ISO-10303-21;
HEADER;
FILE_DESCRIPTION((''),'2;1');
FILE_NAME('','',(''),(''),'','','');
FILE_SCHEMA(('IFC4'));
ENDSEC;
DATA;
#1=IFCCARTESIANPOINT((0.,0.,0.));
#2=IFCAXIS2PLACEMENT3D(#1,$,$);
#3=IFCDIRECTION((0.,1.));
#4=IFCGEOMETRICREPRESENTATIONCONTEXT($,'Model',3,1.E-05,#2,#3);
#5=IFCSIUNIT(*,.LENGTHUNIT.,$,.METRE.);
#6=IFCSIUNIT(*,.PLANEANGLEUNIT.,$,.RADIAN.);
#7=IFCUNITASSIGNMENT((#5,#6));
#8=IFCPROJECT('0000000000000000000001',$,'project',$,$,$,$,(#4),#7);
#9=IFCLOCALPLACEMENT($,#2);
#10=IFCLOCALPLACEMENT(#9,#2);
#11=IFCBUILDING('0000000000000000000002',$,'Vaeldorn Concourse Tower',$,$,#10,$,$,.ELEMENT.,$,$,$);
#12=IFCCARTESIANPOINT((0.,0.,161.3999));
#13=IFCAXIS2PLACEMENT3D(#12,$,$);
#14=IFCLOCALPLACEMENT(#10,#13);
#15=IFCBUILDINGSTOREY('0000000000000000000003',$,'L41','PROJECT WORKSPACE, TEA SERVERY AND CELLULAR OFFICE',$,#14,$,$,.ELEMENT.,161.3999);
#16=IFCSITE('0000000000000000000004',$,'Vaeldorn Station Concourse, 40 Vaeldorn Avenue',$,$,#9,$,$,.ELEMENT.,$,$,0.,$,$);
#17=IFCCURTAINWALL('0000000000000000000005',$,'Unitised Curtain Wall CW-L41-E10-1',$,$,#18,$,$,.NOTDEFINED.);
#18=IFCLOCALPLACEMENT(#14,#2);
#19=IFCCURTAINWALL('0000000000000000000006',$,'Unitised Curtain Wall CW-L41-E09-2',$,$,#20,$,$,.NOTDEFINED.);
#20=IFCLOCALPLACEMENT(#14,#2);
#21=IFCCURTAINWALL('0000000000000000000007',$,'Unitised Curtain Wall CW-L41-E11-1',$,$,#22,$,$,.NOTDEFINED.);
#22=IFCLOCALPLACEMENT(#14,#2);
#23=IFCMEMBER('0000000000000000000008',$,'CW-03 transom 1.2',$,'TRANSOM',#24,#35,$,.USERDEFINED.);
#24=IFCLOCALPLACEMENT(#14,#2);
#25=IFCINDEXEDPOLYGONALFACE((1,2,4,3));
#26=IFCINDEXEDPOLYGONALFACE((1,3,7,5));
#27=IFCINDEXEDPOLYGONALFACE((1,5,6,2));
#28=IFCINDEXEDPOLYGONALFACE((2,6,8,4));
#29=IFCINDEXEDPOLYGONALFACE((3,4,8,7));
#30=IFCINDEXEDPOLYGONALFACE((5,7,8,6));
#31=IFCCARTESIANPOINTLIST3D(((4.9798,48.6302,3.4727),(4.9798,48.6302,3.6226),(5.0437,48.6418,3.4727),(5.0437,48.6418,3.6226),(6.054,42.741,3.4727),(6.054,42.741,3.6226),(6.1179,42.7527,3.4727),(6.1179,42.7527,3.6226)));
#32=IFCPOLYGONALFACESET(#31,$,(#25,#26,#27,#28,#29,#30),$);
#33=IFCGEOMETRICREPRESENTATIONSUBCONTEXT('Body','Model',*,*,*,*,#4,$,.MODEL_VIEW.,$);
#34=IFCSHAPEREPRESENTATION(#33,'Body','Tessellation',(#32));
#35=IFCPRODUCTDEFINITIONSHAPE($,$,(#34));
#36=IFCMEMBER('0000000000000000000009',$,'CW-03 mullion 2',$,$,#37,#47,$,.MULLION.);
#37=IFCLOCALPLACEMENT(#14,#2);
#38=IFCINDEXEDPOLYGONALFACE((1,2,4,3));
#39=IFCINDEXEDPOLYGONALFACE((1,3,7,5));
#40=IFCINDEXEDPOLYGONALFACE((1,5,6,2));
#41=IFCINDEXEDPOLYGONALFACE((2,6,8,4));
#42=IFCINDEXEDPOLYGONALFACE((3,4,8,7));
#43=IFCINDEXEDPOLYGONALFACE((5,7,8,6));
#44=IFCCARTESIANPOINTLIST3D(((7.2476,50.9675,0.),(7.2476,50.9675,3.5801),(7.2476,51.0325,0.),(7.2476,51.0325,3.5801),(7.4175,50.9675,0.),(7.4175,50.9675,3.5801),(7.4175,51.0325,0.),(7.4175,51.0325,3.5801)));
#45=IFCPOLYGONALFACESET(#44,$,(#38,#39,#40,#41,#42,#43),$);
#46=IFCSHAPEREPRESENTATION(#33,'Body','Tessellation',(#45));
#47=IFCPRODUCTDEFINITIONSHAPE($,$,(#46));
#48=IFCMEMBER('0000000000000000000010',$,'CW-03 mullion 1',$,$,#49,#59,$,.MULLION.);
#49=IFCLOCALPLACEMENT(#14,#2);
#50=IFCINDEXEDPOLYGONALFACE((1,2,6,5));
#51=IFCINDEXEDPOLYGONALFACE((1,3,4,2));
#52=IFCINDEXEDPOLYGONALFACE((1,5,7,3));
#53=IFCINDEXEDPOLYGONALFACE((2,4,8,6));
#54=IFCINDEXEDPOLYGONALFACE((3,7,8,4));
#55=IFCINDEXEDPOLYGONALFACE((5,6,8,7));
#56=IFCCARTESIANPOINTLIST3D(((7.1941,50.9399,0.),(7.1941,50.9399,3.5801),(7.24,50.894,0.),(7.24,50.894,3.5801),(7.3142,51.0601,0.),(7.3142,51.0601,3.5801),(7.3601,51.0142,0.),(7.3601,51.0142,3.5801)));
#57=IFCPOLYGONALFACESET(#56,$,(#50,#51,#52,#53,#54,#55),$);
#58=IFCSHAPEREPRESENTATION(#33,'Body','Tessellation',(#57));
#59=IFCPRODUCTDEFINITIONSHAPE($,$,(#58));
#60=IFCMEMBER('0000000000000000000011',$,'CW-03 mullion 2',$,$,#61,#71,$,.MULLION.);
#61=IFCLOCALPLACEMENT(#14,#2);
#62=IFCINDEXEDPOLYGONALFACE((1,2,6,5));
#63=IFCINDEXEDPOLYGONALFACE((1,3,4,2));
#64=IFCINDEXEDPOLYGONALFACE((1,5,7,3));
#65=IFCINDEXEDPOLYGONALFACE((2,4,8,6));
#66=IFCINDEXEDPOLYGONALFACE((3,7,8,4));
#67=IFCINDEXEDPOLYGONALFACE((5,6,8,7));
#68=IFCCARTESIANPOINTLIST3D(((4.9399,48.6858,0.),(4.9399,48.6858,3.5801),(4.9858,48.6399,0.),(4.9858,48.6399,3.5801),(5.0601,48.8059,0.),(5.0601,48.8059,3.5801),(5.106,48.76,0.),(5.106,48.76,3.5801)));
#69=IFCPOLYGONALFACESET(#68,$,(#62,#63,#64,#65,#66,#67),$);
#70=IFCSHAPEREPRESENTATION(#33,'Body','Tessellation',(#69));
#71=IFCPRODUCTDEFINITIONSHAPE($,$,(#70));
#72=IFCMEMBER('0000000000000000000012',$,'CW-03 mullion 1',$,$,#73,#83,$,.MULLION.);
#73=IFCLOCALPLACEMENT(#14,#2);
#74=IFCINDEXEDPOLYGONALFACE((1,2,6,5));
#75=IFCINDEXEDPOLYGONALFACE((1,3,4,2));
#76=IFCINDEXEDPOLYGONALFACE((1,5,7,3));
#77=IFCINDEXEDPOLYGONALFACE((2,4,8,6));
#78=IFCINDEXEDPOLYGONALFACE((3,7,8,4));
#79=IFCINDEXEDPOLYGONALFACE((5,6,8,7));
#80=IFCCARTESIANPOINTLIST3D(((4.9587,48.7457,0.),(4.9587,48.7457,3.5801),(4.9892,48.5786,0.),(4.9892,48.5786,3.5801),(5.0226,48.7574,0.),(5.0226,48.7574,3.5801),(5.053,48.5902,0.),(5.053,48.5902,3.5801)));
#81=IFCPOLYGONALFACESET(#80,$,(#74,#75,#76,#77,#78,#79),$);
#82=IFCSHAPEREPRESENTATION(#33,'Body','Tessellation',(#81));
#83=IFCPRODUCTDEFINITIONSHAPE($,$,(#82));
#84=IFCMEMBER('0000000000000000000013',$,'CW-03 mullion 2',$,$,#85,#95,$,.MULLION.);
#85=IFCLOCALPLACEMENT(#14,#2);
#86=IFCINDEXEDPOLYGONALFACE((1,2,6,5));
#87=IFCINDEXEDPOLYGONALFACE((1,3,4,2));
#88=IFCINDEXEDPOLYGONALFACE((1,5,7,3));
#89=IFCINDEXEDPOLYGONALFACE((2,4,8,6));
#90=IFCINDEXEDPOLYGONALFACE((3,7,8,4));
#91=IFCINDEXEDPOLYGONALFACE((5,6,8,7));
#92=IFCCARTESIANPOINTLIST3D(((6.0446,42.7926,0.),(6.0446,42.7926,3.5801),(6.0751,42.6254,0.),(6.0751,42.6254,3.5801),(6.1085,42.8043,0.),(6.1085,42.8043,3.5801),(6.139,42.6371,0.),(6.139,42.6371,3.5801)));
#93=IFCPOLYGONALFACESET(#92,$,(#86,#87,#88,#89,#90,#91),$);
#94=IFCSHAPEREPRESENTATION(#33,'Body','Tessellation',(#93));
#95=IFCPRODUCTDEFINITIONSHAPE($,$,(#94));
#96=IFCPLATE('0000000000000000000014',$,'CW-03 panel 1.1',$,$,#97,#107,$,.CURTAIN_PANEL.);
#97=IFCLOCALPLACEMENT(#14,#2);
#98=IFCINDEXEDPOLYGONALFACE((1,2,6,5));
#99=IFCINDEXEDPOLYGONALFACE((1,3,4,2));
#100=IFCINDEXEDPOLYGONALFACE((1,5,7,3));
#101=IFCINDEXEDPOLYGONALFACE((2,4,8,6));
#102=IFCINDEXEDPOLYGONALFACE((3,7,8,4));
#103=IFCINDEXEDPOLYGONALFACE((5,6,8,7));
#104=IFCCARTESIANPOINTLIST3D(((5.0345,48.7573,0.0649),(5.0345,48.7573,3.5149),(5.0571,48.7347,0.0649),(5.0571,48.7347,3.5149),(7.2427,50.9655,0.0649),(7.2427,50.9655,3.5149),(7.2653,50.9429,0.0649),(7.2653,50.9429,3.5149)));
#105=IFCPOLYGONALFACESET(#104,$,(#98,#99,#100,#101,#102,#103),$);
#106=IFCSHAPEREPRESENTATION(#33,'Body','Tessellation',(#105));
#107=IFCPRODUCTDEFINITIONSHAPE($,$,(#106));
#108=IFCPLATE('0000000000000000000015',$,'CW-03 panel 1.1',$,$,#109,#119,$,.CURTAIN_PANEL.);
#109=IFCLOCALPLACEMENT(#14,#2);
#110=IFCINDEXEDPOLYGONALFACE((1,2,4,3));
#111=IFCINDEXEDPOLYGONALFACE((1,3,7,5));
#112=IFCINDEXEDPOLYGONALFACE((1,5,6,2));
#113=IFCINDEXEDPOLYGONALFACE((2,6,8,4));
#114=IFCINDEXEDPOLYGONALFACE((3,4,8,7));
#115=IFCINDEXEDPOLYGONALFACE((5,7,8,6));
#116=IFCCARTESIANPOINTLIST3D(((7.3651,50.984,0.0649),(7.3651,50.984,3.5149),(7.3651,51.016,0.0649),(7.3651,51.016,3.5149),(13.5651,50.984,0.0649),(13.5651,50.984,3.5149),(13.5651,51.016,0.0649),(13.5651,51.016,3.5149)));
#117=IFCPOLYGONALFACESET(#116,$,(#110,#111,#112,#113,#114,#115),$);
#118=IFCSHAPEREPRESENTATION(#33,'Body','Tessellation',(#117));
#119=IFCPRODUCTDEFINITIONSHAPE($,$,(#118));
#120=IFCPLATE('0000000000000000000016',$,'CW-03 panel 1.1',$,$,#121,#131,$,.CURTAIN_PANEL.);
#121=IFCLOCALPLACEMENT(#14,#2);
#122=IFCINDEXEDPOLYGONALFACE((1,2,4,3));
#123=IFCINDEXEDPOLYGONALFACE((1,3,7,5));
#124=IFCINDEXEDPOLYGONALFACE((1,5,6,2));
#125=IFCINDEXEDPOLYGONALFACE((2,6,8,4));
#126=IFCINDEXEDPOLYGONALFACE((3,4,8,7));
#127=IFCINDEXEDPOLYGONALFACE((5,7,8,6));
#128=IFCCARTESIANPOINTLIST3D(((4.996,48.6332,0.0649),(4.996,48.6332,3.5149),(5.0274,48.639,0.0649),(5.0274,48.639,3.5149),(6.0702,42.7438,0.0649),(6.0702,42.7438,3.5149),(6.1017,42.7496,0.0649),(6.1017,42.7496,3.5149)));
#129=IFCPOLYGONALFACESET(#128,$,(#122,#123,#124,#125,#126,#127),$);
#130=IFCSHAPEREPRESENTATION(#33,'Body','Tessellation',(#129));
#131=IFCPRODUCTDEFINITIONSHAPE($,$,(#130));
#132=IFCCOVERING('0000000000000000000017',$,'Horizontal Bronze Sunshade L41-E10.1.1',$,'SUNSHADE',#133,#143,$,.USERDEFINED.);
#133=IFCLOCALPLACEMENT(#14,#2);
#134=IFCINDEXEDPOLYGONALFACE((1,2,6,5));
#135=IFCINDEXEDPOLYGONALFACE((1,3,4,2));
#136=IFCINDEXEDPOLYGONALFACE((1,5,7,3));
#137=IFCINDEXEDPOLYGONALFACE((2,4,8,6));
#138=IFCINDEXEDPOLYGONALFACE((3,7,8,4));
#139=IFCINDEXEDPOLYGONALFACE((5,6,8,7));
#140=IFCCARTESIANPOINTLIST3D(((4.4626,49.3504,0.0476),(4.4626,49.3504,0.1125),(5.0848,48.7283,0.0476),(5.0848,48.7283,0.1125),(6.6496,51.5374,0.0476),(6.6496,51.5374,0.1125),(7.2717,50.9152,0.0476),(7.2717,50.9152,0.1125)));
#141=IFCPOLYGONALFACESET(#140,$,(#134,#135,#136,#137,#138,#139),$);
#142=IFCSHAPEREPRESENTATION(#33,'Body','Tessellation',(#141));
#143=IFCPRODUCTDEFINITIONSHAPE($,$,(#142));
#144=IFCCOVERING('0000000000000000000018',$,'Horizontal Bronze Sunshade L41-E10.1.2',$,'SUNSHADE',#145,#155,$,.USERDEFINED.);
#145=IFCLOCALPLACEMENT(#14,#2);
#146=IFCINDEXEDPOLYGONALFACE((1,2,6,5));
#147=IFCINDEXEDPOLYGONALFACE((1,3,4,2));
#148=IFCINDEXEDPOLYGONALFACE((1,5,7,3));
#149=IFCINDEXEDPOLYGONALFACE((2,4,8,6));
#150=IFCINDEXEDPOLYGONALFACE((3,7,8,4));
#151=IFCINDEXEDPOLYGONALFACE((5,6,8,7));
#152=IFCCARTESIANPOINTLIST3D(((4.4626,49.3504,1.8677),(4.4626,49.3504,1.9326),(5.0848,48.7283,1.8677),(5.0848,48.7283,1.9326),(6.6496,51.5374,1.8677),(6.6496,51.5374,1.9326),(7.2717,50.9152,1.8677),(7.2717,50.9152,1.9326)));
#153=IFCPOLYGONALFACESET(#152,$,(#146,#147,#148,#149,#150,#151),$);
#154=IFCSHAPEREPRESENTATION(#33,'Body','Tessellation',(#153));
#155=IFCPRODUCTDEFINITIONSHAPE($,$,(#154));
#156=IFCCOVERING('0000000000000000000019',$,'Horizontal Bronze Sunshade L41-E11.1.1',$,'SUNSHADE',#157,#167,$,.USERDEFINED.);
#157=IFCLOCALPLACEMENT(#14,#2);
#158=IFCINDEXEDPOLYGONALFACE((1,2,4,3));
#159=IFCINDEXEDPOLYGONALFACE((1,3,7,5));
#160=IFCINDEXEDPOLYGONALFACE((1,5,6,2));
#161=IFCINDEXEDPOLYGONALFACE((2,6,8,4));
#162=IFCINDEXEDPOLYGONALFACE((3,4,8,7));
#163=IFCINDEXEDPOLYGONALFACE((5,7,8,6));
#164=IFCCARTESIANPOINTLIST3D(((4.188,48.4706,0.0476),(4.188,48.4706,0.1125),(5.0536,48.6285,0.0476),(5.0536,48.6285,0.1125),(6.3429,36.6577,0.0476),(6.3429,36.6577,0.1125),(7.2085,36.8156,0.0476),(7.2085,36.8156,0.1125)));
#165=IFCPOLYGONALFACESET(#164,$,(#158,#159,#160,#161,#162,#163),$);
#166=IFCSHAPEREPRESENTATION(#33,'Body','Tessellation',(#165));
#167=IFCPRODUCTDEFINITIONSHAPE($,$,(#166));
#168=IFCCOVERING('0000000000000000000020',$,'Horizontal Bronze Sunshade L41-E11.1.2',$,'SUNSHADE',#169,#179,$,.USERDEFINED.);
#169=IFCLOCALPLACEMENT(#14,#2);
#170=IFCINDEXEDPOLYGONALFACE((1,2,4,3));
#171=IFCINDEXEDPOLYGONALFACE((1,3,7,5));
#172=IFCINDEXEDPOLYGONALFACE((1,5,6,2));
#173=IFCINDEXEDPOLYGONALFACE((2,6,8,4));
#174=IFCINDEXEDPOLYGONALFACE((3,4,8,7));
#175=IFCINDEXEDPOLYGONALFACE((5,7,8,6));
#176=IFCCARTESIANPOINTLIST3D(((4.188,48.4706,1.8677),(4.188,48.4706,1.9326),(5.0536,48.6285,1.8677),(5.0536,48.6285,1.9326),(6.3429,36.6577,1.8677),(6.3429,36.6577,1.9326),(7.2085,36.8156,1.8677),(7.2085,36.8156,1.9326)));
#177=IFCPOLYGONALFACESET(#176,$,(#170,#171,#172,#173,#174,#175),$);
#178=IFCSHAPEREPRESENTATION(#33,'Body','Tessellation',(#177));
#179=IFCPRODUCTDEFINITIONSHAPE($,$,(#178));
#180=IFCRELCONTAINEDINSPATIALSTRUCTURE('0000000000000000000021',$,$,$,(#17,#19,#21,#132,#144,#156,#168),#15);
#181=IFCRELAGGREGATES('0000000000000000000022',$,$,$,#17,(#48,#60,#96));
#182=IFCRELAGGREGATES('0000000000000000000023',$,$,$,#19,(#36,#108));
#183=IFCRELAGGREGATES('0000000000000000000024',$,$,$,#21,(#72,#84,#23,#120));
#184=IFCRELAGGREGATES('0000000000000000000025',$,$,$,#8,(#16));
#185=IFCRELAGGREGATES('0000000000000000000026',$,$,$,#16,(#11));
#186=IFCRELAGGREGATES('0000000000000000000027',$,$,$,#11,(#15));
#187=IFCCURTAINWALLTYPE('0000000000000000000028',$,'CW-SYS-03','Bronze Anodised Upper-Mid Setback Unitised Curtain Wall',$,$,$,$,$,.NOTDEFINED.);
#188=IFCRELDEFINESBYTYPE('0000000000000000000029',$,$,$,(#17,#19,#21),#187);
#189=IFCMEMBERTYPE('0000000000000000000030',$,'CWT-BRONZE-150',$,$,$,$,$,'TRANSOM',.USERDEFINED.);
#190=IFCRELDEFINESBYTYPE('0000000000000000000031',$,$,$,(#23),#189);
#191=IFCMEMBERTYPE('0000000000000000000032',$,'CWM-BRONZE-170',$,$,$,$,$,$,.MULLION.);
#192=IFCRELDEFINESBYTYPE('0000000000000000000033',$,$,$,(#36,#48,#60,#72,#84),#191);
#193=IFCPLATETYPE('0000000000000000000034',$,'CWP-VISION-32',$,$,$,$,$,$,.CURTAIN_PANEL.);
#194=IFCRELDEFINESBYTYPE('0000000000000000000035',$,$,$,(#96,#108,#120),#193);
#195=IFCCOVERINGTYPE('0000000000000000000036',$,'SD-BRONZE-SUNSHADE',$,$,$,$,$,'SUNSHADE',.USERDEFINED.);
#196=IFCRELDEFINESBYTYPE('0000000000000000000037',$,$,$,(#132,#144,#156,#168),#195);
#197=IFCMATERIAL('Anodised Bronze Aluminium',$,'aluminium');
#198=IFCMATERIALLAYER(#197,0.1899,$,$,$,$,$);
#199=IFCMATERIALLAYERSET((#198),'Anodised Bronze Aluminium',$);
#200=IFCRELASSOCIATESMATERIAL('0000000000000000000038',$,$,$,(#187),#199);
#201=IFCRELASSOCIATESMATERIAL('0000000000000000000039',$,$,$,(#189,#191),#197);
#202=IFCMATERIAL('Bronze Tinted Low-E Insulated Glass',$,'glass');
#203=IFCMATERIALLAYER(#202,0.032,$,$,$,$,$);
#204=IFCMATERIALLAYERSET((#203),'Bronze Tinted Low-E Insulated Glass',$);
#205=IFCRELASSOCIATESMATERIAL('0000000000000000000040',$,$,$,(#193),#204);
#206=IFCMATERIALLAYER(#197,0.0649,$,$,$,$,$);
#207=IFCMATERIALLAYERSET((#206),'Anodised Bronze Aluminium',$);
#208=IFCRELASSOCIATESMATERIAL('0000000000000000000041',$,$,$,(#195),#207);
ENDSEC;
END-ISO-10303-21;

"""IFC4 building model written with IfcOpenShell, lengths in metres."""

from ifc_helpers import new_model, si_unit, direction, frame, origin, origin_2d, place, context, subcontext, project, spatial, rectangle, extrude, source, transform, mapped, material, layer, layer_set, material_profile, profile_set, type_object, element, aggregate, save


model = new_model("IFC4")

# Units and contexts
model_context = context("Model", 3, precision=1e-05, world=origin(), true_north=direction((0.0, 1.0)))
body_context = subcontext(model_context, "Body", "Model", "MODEL_VIEW")
ifc_project = project(units=[si_unit("LENGTHUNIT", "METRE"), si_unit("PLANEANGLEUNIT", "RADIAN")], contexts=[model_context])

# Site, building, storey
site_placement = place(None, origin())
site = spatial("IfcSite", under=ifc_project, at=site_placement, Name="Vaeldorn Station Concourse, 40 Vaeldorn Avenue", CompositionType="ELEMENT", RefElevation=0.0)
building_placement = place(site_placement, origin())
building = spatial("IfcBuilding", under=site, at=building_placement, Name="Vaeldorn Concourse Tower", CompositionType="ELEMENT")
storey_placement = place(building_placement, frame((0.0, 0.0, 161.3999)))
storey = spatial("IfcBuildingStorey", under=building, at=storey_placement, Name="L41", Description="PROJECT WORKSPACE, TEA SERVERY AND CELLULAR OFFICE", CompositionType="ELEMENT", Elevation=161.3999)

# Curtain wall
ifc_material_1 = material(Name="Anodised Bronze Aluminium", Category="aluminium")
ifc_layer_1 = layer(ifc_material_1, 0.1899)
ifc_layer_set_1 = layer_set([ifc_layer_1], Name="Anodised Bronze Aluminium")
curtain_wall_type = type_object("IfcCurtainWallType", Name="CW-SYS-03", Description="Bronze Anodised Upper-Mid Setback Unitised Curtain Wall", PredefinedType="NOTDEFINED", material=ifc_layer_set_1)
curtain_wall_1_placement = place(storey_placement, origin())
curtain_wall_1 = element("IfcCurtainWall", 1, at=curtain_wall_1_placement, inside=storey, type_object=curtain_wall_type, Name="Unitised Curtain Wall CW-L41-E10-1", PredefinedType="NOTDEFINED")
ifc_material_profile_1 = material_profile(ifc_material_1, rectangle(XDim=0.0649, YDim=0.1499, at=origin_2d()), Name="CWT 65x150")
ifc_profile_set_1 = profile_set([ifc_material_profile_1], Name="Anodised Bronze Aluminium")
member_type_1 = type_object("IfcMemberType", Name="CWT-BRONZE-150", ElementType="TRANSOM", PredefinedType="USERDEFINED", material=ifc_profile_set_1)

# Curtain wall
curtain_wall_2_placement = place(storey_placement, origin())
curtain_wall_2 = element("IfcCurtainWall", 2, at=curtain_wall_2_placement, inside=storey, type_object=curtain_wall_type, Name="Unitised Curtain Wall CW-L41-E09-2", PredefinedType="NOTDEFINED")

# Curtain wall, member
curtain_wall_3_placement = place(storey_placement, origin())
curtain_wall_3 = element("IfcCurtainWall", 3, at=curtain_wall_3_placement, inside=storey, type_object=curtain_wall_type, Name="Unitised Curtain Wall CW-L41-E11-1", PredefinedType="NOTDEFINED")
shared_shape_1 = source(origin(), body_context, "Body", "SweptSolid", [
    extrude(rectangle(XDim=0.0649, YDim=0.1499, at=origin_2d()), origin(), (0.0, 0.0, 1.0), 5.9863),
])
member_1_placement = place(storey_placement, frame((5.0117, 48.636, 3.5476), z_axis=(0.179445, -0.983768, 0.0), x_axis=(0.983768, 0.179445, 0.0)))
member_1 = element("IfcMember", 4, at=member_1_placement, type_object=member_type_1, Name="CW-03 transom 1.2", ObjectType="TRANSOM", PredefinedType="USERDEFINED", context=body_context, shape_type="MappedRepresentation", body=[
    mapped(shared_shape_1, transform((0.0, 0.0, 0.0), scale=1.0)),
])

# Members
ifc_material_profile_2 = material_profile(ifc_material_1, rectangle(XDim=0.0649, YDim=0.1699, at=origin_2d()), Name="CWM 65x170")
ifc_profile_set_2 = profile_set([ifc_material_profile_2], Name="Anodised Bronze Aluminium")
member_type_2 = type_object("IfcMemberType", Name="CWM-BRONZE-170", PredefinedType="MULLION", material=ifc_profile_set_2)
shared_shape_2 = source(origin(), body_context, "Body", "SweptSolid", [
    extrude(rectangle(XDim=0.0649, YDim=0.1699, at=origin_2d()), origin(), (0.0, 0.0, 1.0), 3.5801),
])
member_2_placement = place(storey_placement, frame((7.3325, 51.0, 0.0), z_axis=(0.0, 0.0, 1.0), x_axis=(0.0, -1.0, 0.0)))
member_2 = element("IfcMember", 5, at=member_2_placement, type_object=member_type_2, Name="CW-03 mullion 2", PredefinedType="MULLION", context=body_context, shape_type="MappedRepresentation", body=[
    mapped(shared_shape_2, transform((0.0, 0.0, 0.0), scale=1.0)),
])
member_3_placement = place(storey_placement, frame((7.2771, 50.9771, 0.0), z_axis=(0.0, 0.0, 1.0), x_axis=(0.707107, -0.707107, 0.0)))
member_3 = element("IfcMember", 6, at=member_3_placement, type_object=member_type_2, Name="CW-03 mullion 1", PredefinedType="MULLION", context=body_context, shape_type="MappedRepresentation", body=[
    mapped(shared_shape_2, transform((0.0, 0.0, 0.0), scale=1.0)),
])
member_4_placement = place(storey_placement, frame((5.0229, 48.7229, 0.0), z_axis=(0.0, 0.0, 1.0), x_axis=(0.707107, -0.707107, 0.0)))
member_4 = element("IfcMember", 7, at=member_4_placement, type_object=member_type_2, Name="CW-03 mullion 2", PredefinedType="MULLION", context=body_context, shape_type="MappedRepresentation", body=[
    mapped(shared_shape_2, transform((0.0, 0.0, 0.0), scale=1.0)),
])
member_5_placement = place(storey_placement, frame((5.0059, 48.668, 0.0), z_axis=(0.0, 0.0, 1.0), x_axis=(0.983768, 0.179447, 0.0)))
member_5 = element("IfcMember", 8, at=member_5_placement, type_object=member_type_2, Name="CW-03 mullion 1", PredefinedType="MULLION", context=body_context, shape_type="MappedRepresentation", body=[
    mapped(shared_shape_2, transform((0.0, 0.0, 0.0), scale=1.0)),
])
member_6_placement = place(storey_placement, frame((6.0918, 42.7148, 0.0), z_axis=(0.0, 0.0, 1.0), x_axis=(0.983768, 0.179447, 0.0)))
member_6 = element("IfcMember", 9, at=member_6_placement, type_object=member_type_2, Name="CW-03 mullion 2", PredefinedType="MULLION", context=body_context, shape_type="MappedRepresentation", body=[
    mapped(shared_shape_2, transform((0.0, 0.0, 0.0), scale=1.0)),
])

# Plates
ifc_material_2 = material(Name="Bronze Tinted Low-E Insulated Glass", Category="glass")
ifc_layer_2 = layer(ifc_material_2, 0.032)
ifc_layer_set_2 = layer_set([ifc_layer_2], Name="Bronze Tinted Low-E Insulated Glass")
plate_type = type_object("IfcPlateType", Name="CWP-VISION-32", PredefinedType="CURTAIN_PANEL", material=ifc_layer_set_2)
shared_shape_3 = source(origin(), body_context, "Body", "SweptSolid", [
    extrude(rectangle(XDim=3.1228, YDim=0.032, at=origin_2d()), origin(), (0.0, 0.0, 1.0), 3.45),
])
plate_1_placement = place(storey_placement, frame((6.1499, 49.8501, 0.0649), z_axis=(0.0, 0.0, 1.0), x_axis=(-0.707107, -0.707107, 0.0)))
plate_1 = element("IfcPlate", 10, at=plate_1_placement, type_object=plate_type, Name="CW-03 panel 1.1", PredefinedType="CURTAIN_PANEL", context=body_context, shape_type="MappedRepresentation", body=[
    mapped(shared_shape_3, transform((0.0, 0.0, 0.0), scale=1.0)),
])
aggregate(curtain_wall_1, [member_3, member_4, plate_1])
shared_shape_4 = source(origin(), body_context, "Body", "SweptSolid", [
    extrude(rectangle(XDim=6.2, YDim=0.032, at=origin_2d()), origin(), (0.0, 0.0, 1.0), 3.45),
])
plate_2_placement = place(storey_placement, frame((10.4651, 51.0, 0.0649), z_axis=(0.0, 0.0, 1.0), x_axis=(-1.0, 0.0, 0.0)))
plate_2 = element("IfcPlate", 11, at=plate_2_placement, type_object=plate_type, Name="CW-03 panel 1.1", PredefinedType="CURTAIN_PANEL", context=body_context, shape_type="MappedRepresentation", body=[
    mapped(shared_shape_4, transform((0.0, 0.0, 0.0), scale=1.0)),
])
aggregate(curtain_wall_2, [member_2, plate_2])
shared_shape_5 = source(origin(), body_context, "Body", "SweptSolid", [
    extrude(rectangle(XDim=5.9866, YDim=0.032, at=origin_2d()), origin(), (0.0, 0.0, 1.0), 3.45),
])
plate_3_placement = place(storey_placement, frame((5.5488, 45.6914, 0.0649), z_axis=(0.0, 0.0, 1.0), x_axis=(0.179447, -0.983768, 0.0)))
plate_3 = element("IfcPlate", 12, at=plate_3_placement, type_object=plate_type, Name="CW-03 panel 1.1", PredefinedType="CURTAIN_PANEL", context=body_context, shape_type="MappedRepresentation", body=[
    mapped(shared_shape_5, transform((0.0, 0.0, 0.0), scale=1.0)),
])
aggregate(curtain_wall_3, [member_5, member_6, member_1, plate_3])

# Coverings
ifc_layer_3 = layer(ifc_material_1, 0.0649)
ifc_layer_set_3 = layer_set([ifc_layer_3], Name="Anodised Bronze Aluminium")
covering_type = type_object("IfcCoveringType", Name="SD-BRONZE-SUNSHADE", ElementType="SUNSHADE", PredefinedType="USERDEFINED", material=ifc_layer_set_3)
shared_shape_6 = source(origin(), body_context, "Body", "SweptSolid", [
    extrude(rectangle(XDim=3.0928, YDim=0.8799, at=origin_2d()), origin(), (0.0, 0.0, 1.0), 0.0649),
])
for number, where, z_axis, x_axis, name in (
    (13, (5.8672, 50.1328, 0.0476), (0.0, 0.0, 1.0), (-0.707107, -0.707107, 0.0), "Horizontal Bronze Sunshade L41-E10.1.1"),
    (14, (5.8672, 50.1328, 1.8677), (0.0, 0.0, 1.0), (-0.707107, -0.707107, 0.0), "Horizontal Bronze Sunshade L41-E10.1.2"),
):
    element("IfcCovering", number, at=place(storey_placement, frame(where, z_axis=z_axis, x_axis=x_axis)), inside=storey, type_object=covering_type, Name=name, ObjectType="SUNSHADE", PredefinedType="USERDEFINED", context=body_context, shape_type="MappedRepresentation", body=[
        mapped(shared_shape_6, transform((0.0, 0.0, 0.0), scale=1.0)),
    ])
shared_shape_7 = source(origin(), body_context, "Body", "SweptSolid", [
    extrude(rectangle(XDim=12.0078, YDim=0.8799, at=origin_2d()), origin(), (0.0, 0.0, 1.0), 0.0649),
])
for number, where, z_axis, x_axis, name in (
    (15, (5.6982, 42.6431, 0.0476), (0.0, 0.0, 1.0), (0.179455, -0.983766, 0.0), "Horizontal Bronze Sunshade L41-E11.1.1"),
    (16, (5.6982, 42.6431, 1.8677), (0.0, 0.0, 1.0), (0.179455, -0.983766, 0.0), "Horizontal Bronze Sunshade L41-E11.1.2"),
):
    element("IfcCovering", number, at=place(storey_placement, frame(where, z_axis=z_axis, x_axis=x_axis)), inside=storey, type_object=covering_type, Name=name, ObjectType="SUNSHADE", PredefinedType="USERDEFINED", context=body_context, shape_type="MappedRepresentation", body=[
        mapped(shared_shape_7, transform((0.0, 0.0, 0.0), scale=1.0)),
    ])

save(model, "model.ifc")
